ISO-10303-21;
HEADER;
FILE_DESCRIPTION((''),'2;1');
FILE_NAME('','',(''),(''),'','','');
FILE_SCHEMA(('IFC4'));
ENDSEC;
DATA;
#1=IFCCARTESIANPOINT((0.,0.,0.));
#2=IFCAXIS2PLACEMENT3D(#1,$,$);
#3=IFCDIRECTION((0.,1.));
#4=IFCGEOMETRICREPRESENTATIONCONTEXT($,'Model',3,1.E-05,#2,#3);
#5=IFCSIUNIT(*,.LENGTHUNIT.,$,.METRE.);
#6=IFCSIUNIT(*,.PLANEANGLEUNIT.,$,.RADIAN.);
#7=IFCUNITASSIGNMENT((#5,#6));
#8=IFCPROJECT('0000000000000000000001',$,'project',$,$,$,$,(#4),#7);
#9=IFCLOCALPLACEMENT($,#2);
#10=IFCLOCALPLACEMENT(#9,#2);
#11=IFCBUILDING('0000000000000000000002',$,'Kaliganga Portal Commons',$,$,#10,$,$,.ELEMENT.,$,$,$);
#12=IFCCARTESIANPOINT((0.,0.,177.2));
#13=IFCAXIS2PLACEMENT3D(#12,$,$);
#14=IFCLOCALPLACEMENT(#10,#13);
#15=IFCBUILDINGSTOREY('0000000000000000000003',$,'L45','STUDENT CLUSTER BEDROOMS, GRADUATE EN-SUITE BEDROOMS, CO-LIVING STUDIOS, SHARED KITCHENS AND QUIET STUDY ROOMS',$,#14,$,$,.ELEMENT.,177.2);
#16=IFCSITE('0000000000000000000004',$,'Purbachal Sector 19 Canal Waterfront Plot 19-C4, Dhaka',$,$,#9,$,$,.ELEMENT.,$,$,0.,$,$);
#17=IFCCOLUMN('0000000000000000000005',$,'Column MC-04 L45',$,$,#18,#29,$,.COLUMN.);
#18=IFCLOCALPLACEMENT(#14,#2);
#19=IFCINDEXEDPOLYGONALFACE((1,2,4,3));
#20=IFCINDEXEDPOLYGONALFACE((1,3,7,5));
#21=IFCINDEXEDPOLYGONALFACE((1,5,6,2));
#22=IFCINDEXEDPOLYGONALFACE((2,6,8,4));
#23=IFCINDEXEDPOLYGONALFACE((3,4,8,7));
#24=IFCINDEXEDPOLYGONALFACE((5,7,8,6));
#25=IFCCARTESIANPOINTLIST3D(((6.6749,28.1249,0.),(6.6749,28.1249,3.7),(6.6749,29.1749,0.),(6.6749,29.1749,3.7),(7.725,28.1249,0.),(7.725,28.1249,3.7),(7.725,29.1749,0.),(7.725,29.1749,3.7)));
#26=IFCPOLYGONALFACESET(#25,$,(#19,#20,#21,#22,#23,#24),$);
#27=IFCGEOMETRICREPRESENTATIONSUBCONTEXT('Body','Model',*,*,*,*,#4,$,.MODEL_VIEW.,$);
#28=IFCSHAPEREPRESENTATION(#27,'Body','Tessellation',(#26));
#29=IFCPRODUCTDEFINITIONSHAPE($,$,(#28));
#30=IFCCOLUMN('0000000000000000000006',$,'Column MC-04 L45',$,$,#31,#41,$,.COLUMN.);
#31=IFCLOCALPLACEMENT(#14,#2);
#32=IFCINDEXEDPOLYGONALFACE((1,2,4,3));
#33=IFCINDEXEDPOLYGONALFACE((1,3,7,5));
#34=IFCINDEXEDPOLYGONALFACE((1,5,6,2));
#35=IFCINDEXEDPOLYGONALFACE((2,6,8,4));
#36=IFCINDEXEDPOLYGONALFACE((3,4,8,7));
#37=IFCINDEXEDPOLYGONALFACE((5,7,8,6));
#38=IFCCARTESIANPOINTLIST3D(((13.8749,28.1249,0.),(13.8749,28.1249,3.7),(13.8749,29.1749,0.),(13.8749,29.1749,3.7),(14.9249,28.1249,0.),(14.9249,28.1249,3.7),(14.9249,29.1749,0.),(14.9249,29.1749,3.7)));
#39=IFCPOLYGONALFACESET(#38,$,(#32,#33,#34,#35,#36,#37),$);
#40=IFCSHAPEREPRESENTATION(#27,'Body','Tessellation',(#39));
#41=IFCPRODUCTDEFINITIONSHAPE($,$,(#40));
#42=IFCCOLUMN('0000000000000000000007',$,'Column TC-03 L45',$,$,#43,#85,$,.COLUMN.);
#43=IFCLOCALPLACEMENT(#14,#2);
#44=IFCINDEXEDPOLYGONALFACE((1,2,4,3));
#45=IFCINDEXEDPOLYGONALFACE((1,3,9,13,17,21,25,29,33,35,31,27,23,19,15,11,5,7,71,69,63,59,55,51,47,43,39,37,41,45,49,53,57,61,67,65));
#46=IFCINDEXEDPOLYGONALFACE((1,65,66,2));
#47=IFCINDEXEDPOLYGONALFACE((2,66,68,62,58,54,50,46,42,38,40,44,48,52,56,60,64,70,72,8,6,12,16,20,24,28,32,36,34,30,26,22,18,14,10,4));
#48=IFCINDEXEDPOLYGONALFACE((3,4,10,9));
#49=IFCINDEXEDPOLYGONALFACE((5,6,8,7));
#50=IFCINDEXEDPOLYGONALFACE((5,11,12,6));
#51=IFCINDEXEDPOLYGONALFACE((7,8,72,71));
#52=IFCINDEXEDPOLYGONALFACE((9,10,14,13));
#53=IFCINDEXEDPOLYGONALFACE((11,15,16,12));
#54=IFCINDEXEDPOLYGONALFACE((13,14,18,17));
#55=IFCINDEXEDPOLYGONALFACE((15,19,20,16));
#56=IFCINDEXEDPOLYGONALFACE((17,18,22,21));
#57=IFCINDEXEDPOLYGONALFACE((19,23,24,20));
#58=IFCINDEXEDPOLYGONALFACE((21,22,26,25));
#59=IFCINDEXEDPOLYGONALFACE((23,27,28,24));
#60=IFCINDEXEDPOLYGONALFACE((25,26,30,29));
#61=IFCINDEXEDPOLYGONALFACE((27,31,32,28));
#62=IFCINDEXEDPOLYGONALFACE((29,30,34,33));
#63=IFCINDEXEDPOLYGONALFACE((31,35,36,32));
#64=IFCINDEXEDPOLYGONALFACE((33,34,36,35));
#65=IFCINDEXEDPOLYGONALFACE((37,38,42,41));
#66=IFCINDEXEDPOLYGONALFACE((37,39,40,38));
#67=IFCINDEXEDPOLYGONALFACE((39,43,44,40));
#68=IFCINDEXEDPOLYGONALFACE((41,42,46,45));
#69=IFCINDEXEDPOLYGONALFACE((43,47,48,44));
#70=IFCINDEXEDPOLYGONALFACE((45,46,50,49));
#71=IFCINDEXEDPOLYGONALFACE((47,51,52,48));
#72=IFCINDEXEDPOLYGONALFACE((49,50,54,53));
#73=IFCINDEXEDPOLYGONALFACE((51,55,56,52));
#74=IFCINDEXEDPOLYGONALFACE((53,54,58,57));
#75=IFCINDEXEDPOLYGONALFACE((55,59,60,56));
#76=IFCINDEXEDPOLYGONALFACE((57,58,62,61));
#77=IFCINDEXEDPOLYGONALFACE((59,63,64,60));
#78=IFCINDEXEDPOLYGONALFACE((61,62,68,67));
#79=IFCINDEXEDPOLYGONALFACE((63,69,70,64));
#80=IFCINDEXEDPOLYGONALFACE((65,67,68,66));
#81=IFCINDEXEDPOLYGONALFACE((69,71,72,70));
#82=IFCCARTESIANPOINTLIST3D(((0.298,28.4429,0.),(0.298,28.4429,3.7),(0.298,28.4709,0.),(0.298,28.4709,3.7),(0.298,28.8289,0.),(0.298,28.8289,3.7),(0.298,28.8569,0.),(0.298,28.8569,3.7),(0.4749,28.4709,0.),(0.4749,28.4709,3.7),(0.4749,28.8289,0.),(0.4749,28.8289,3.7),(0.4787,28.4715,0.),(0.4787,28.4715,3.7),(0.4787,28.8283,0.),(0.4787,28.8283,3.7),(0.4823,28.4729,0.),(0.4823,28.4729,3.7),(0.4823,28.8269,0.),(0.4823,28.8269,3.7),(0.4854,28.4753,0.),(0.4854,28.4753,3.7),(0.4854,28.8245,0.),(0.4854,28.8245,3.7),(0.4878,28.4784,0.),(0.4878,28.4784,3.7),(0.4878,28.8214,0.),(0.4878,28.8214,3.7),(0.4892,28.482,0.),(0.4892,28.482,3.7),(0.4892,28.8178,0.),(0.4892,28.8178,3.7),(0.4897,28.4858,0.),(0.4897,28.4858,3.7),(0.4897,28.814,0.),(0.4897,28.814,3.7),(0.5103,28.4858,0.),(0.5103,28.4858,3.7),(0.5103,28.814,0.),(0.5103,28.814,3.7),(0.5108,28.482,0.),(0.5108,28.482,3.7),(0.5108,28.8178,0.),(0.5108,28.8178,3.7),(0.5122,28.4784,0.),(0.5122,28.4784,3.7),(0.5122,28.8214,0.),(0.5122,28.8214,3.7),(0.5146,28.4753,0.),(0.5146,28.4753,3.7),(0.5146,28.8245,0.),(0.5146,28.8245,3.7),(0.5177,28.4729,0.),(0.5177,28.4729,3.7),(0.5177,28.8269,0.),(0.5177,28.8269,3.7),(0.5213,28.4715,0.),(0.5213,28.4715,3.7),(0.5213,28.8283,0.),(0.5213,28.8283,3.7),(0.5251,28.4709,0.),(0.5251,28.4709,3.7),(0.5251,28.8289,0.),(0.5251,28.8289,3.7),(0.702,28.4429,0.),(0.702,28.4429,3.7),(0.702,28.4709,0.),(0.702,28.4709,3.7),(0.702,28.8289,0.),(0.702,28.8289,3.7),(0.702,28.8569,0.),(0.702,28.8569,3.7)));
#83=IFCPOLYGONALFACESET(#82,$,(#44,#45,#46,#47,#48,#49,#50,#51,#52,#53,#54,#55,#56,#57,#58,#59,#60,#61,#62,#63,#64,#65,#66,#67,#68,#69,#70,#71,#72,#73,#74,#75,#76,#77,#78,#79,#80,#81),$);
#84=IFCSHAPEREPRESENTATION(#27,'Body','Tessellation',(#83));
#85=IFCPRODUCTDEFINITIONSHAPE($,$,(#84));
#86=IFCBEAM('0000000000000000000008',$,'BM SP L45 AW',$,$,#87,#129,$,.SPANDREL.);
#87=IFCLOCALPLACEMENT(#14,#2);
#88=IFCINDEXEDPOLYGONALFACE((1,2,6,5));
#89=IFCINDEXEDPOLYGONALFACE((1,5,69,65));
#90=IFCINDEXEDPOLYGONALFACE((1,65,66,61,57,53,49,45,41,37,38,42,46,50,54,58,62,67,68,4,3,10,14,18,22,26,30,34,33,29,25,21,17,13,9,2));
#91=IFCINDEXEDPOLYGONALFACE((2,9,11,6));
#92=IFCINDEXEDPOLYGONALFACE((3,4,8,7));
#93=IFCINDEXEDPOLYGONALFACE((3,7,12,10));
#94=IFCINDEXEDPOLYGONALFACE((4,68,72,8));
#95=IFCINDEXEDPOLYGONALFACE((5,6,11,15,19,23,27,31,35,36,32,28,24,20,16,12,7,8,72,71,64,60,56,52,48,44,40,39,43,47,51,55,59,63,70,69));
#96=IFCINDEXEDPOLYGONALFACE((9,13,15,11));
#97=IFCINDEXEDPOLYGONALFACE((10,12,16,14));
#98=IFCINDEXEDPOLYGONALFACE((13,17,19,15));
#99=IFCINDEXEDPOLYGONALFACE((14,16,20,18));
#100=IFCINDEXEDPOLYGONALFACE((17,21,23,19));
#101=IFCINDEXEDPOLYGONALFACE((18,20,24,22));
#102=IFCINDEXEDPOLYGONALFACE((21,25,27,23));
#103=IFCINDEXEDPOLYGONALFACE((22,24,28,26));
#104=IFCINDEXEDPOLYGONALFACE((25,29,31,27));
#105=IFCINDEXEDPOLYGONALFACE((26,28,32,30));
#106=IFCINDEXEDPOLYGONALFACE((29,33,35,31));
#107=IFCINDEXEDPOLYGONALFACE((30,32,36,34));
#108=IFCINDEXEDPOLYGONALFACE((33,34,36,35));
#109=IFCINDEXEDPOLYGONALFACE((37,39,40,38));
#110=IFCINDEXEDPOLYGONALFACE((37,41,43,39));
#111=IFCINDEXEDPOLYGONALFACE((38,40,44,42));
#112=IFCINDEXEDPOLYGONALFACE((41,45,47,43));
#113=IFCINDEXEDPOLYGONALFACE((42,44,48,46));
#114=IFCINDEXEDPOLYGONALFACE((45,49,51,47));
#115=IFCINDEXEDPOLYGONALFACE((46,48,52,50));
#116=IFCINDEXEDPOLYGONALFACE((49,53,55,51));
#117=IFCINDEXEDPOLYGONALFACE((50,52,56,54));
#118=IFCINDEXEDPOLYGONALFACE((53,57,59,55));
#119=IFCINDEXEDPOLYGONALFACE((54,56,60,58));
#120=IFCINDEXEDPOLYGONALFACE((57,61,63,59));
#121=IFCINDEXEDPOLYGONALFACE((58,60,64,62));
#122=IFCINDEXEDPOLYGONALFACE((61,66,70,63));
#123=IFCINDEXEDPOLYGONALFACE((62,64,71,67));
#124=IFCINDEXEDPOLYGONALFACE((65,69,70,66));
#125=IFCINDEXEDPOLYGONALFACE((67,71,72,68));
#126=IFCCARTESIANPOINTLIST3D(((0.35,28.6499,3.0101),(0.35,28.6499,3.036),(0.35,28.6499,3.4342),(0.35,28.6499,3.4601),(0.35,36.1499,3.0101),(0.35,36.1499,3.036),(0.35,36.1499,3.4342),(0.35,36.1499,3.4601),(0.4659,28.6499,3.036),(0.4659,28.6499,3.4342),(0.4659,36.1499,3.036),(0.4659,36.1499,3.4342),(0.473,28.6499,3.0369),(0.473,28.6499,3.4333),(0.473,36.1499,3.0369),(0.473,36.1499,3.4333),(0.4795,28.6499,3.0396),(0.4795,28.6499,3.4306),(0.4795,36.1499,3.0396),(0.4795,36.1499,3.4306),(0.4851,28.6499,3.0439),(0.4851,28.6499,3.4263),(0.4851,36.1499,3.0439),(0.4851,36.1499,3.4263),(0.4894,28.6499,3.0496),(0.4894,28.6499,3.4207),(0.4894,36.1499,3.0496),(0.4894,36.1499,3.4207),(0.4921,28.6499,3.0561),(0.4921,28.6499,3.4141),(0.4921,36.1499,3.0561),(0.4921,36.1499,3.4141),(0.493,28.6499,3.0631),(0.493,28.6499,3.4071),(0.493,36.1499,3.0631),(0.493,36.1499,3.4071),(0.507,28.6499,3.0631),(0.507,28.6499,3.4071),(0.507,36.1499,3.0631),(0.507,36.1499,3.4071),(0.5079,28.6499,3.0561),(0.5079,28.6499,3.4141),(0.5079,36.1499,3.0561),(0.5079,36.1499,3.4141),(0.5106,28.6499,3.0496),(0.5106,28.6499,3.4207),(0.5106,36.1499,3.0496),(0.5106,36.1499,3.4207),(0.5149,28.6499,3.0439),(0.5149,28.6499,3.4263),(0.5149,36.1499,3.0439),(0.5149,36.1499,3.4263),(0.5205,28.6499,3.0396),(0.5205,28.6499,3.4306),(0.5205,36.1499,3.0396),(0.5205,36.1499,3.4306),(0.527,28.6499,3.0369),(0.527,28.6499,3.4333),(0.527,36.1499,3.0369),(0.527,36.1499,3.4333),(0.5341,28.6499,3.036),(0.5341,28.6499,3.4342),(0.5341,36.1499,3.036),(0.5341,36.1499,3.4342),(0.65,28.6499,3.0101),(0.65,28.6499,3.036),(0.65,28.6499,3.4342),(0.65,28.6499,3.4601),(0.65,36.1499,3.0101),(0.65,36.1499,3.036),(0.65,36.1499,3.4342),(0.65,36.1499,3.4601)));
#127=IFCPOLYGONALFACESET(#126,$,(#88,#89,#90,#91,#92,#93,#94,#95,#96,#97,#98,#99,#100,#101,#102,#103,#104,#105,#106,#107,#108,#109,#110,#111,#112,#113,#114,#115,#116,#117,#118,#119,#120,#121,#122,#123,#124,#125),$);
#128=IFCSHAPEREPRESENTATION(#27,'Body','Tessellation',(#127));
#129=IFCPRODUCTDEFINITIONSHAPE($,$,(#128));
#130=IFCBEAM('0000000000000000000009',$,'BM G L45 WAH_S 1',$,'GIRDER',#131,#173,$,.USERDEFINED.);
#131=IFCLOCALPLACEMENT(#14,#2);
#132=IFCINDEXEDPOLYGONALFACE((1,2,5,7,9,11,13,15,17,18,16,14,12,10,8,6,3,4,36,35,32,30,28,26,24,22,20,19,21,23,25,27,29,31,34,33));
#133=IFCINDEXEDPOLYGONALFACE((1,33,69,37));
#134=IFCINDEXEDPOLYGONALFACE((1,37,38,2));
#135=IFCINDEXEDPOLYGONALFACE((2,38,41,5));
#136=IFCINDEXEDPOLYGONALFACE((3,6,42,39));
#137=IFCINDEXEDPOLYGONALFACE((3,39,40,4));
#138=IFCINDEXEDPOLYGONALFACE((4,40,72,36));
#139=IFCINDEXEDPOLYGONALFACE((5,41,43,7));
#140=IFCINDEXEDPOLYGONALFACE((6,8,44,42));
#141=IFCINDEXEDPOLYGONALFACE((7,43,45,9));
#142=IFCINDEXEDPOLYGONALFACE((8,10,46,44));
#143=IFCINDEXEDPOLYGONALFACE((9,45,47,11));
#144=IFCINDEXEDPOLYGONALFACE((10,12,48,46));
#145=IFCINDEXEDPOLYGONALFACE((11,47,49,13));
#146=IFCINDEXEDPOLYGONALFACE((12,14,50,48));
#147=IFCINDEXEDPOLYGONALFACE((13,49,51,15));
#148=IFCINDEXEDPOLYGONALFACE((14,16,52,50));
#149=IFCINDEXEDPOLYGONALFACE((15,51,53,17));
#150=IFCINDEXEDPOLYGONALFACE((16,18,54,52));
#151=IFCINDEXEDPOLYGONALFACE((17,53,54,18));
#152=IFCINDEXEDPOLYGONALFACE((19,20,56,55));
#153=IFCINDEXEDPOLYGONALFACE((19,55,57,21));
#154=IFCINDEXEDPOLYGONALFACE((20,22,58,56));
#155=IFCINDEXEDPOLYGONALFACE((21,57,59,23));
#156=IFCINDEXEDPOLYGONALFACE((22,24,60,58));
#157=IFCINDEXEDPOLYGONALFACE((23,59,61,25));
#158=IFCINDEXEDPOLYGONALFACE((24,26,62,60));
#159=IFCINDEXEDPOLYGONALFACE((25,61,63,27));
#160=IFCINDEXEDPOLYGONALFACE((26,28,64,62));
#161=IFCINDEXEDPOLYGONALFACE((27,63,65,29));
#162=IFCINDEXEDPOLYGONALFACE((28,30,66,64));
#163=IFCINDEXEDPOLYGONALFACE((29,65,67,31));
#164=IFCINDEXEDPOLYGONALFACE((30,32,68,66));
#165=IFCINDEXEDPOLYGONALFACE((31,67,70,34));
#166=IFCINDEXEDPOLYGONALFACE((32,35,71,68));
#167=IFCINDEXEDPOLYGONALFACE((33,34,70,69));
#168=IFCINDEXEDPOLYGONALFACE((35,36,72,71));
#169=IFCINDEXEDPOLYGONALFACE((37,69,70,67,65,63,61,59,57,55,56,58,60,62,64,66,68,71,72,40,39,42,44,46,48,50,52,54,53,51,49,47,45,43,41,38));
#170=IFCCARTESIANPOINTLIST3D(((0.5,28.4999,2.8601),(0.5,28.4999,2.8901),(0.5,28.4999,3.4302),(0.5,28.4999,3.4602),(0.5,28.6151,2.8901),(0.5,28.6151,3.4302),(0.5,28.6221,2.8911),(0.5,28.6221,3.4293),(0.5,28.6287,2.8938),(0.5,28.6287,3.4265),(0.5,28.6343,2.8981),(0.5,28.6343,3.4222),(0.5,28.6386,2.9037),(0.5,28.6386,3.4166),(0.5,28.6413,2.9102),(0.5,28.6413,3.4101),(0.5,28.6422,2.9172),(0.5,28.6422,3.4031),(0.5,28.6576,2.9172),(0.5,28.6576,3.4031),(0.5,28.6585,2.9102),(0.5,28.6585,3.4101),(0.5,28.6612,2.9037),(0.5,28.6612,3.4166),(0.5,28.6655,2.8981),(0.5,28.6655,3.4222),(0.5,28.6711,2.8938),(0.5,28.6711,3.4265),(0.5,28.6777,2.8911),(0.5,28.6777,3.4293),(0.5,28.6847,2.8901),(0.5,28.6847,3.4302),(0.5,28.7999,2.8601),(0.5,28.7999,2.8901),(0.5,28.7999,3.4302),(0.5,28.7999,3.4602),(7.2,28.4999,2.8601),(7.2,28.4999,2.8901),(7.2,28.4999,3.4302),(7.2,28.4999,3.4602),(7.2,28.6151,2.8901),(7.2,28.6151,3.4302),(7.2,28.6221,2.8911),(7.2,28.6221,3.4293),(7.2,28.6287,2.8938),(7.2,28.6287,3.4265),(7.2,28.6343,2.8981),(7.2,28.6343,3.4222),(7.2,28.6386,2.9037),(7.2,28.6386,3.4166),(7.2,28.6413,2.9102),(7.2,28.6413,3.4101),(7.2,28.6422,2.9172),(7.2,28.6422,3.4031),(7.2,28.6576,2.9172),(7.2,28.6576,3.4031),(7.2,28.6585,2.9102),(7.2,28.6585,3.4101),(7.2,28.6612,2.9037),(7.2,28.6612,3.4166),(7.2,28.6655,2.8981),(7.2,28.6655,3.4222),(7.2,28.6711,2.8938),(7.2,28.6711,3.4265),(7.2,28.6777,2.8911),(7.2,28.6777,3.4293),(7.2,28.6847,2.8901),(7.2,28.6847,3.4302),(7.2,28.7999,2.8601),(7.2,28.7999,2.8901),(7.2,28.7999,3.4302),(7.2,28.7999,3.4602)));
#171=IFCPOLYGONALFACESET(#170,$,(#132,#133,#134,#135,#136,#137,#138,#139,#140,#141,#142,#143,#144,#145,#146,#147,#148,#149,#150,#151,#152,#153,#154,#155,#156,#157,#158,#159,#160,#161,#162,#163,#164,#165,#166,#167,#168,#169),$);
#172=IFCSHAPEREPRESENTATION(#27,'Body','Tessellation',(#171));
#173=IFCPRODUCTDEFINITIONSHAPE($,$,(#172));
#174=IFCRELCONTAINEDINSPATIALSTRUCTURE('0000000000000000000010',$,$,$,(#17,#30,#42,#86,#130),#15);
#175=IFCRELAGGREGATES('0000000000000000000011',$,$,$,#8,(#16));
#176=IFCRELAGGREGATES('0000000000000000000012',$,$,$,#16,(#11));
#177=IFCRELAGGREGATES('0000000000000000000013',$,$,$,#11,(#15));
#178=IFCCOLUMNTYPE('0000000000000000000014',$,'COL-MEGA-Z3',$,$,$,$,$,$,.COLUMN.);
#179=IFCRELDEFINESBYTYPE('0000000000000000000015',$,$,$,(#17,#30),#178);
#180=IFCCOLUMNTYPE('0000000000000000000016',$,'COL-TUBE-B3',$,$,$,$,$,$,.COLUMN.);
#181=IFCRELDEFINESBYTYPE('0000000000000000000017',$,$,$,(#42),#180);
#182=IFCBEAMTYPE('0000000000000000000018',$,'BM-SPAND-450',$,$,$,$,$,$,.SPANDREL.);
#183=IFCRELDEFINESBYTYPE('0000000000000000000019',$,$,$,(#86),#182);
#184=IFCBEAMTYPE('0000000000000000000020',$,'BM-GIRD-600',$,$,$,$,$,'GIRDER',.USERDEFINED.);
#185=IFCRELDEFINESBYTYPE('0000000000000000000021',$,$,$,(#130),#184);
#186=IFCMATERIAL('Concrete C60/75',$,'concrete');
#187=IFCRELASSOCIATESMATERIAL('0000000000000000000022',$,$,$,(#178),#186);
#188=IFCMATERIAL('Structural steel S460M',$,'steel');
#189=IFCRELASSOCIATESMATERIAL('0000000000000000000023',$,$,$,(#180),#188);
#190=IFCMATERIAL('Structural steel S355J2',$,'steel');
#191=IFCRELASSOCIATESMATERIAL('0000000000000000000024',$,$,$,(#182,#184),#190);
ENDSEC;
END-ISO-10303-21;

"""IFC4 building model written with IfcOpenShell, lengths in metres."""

from ifc_helpers import new_model, si_unit, direction, frame, origin, origin_2d, place, context, subcontext, project, spatial, rectangle, i_section, extrude, source, transform, mapped, material, material_profile, profile_set, type_object, element, save


model = new_model("IFC4")

# Units and contexts
model_context = context("Model", 3, precision=1e-05, world=origin(), true_north=direction((0.0, 1.0)))
body_context = subcontext(model_context, "Body", "Model", "MODEL_VIEW")
ifc_project = project(units=[si_unit("LENGTHUNIT", "METRE"), si_unit("PLANEANGLEUNIT", "RADIAN")], contexts=[model_context])

# Site, building, storey
site_placement = place(None, origin())
site = spatial("IfcSite", under=ifc_project, at=site_placement, Name="Purbachal Sector 19 Canal Waterfront Plot 19-C4, Dhaka", CompositionType="ELEMENT", RefElevation=0.0)
building_placement = place(site_placement, origin())
building = spatial("IfcBuilding", under=site, at=building_placement, Name="Kaliganga Portal Commons", CompositionType="ELEMENT")
storey_placement = place(building_placement, frame((0.0, 0.0, 177.2)))
storey = spatial("IfcBuildingStorey", under=building, at=storey_placement, Name="L45", Description="STUDENT CLUSTER BEDROOMS, GRADUATE EN-SUITE BEDROOMS, CO-LIVING STUDIOS, SHARED KITCHENS AND QUIET STUDY ROOMS", CompositionType="ELEMENT", Elevation=177.2)

# Columns
ifc_material_1 = material(Name="Concrete C60/75", Category="concrete")
ifc_material_profile_1 = material_profile(ifc_material_1, rectangle(XDim=1.05, YDim=1.05, at=origin_2d()), Name="RC 1050x1050")
ifc_profile_set_1 = profile_set([ifc_material_profile_1], Name="Concrete C60/75")
column_type_1 = type_object("IfcColumnType", Name="COL-MEGA-Z3", PredefinedType="COLUMN", material=ifc_profile_set_1)
shared_shape_1 = source(origin(), body_context, "Body", "SweptSolid", [
    extrude(rectangle(XDim=1.05, YDim=1.05, at=origin_2d()), origin(), (0.0, 0.0, 1.0), 3.7),
])
for number, where, z_axis, x_axis, name in (
    (1, (7.2, 28.6499, 0.0), (0.0, 0.0, 1.0), (1.0, 0.0, 0.0), "Column MC-04 L45"),
    (2, (14.3999, 28.6499, 0.0), (0.0, 0.0, 1.0), (1.0, 0.0, 0.0), "Column MC-04 L45"),
):
    element("IfcColumn", number, at=place(storey_placement, frame(where, z_axis=z_axis, x_axis=x_axis)), inside=storey, type_object=column_type_1, Name=name, PredefinedType="COLUMN", context=body_context, shape_type="MappedRepresentation", body=[
        mapped(shared_shape_1, transform((0.0, 0.0, 0.0), x_axis=(1.0, 0.0, 0.0), y_axis=(0.0, 1.0, 0.0), z_axis=(0.0, 0.0, 1.0), scale=1.0)),
    ])
ifc_material_2 = material(Name="Structural steel S460M", Category="steel")
ifc_material_profile_2 = material_profile(ifc_material_2, i_section(OverallWidth=0.4041, OverallDepth=0.4141, WebThickness=0.0205, FlangeThickness=0.0281, FilletRadius=0.0149, at=origin_2d()), Name="HD 400x347")
ifc_profile_set_2 = profile_set([ifc_material_profile_2], Name="Structural steel S460M wide-flange")
column_type_2 = type_object("IfcColumnType", Name="COL-TUBE-B3", PredefinedType="COLUMN", material=ifc_profile_set_2)
shared_shape_2 = source(origin(), body_context, "Body", "SweptSolid", [
    extrude(i_section(OverallWidth=0.4041, OverallDepth=0.4141, WebThickness=0.0205, FlangeThickness=0.0281, FilletRadius=0.0149, at=origin_2d()), origin(), (0.0, 0.0, 1.0), 3.7),
])
column_placement = place(storey_placement, frame((0.5, 28.6499, 0.0), z_axis=(0.0, 0.0, 1.0), x_axis=(1.0, 0.0, 0.0)))
element("IfcColumn", 3, at=column_placement, inside=storey, type_object=column_type_2, Name="Column TC-03 L45", PredefinedType="COLUMN", context=body_context, shape_type="MappedRepresentation", body=[
    mapped(shared_shape_2, transform((0.0, 0.0, 0.0), x_axis=(1.0, 0.0, 0.0), y_axis=(0.0, 1.0, 0.0), z_axis=(0.0, 0.0, 1.0), scale=1.0)),
])

# Beams
ifc_material_3 = material(Name="Structural steel S355J2", Category="steel")
ifc_material_profile_3 = material_profile(ifc_material_3, i_section(OverallWidth=0.3, OverallDepth=0.45, WebThickness=0.0139, FlangeThickness=0.0259, FilletRadius=0.0271, at=origin_2d()), Name="HE 450 B")
ifc_profile_set_3 = profile_set([ifc_material_profile_3], Name="Structural steel S355J2 wide-flange")
beam_type_1 = type_object("IfcBeamType", Name="BM-SPAND-450", PredefinedType="SPANDREL", material=ifc_profile_set_3)
shared_shape_3 = source(origin(), body_context, "Body", "SweptSolid", [
    extrude(i_section(OverallWidth=0.3, OverallDepth=0.45, WebThickness=0.0139, FlangeThickness=0.0259, FilletRadius=0.0271, at=origin_2d()), origin(), (0.0, 0.0, 1.0), 7.5),
])
beam_1_placement = place(storey_placement, frame((0.5, 28.6499, 3.2351), z_axis=(0.0, 1.0, 0.0), x_axis=(-1.0, 0.0, 0.0)))
element("IfcBeam", 4, at=beam_1_placement, inside=storey, type_object=beam_type_1, Name="BM SP L45 AW", PredefinedType="SPANDREL", context=body_context, shape_type="MappedRepresentation", body=[
    mapped(shared_shape_3, transform((0.0, 0.0, 0.0), x_axis=(1.0, 0.0, 0.0), y_axis=(0.0, 1.0, 0.0), z_axis=(0.0, 0.0, 1.0), scale=1.0)),
])
ifc_material_profile_4 = material_profile(ifc_material_3, i_section(OverallWidth=0.3, OverallDepth=0.6001, WebThickness=0.0154, FlangeThickness=0.03, FilletRadius=0.0271, at=origin_2d()), Name="HE 600 B")
ifc_profile_set_4 = profile_set([ifc_material_profile_4], Name="Structural steel S355J2 wide-flange")
beam_type_2 = type_object("IfcBeamType", Name="BM-GIRD-600", ElementType="GIRDER", PredefinedType="USERDEFINED", material=ifc_profile_set_4)
shared_shape_4 = source(origin(), body_context, "Body", "SweptSolid", [
    extrude(i_section(OverallWidth=0.3, OverallDepth=0.6001, WebThickness=0.0154, FlangeThickness=0.03, FilletRadius=0.0271, at=origin_2d()), origin(), (0.0, 0.0, 1.0), 6.7),
])
beam_2_placement = place(storey_placement, frame((0.5, 28.6499, 3.1602), z_axis=(1.0, 0.0, 0.0), x_axis=(0.0, 1.0, 0.0)))
element("IfcBeam", 5, at=beam_2_placement, inside=storey, type_object=beam_type_2, Name="BM G L45 WAH_S 1", ObjectType="GIRDER", PredefinedType="USERDEFINED", context=body_context, shape_type="MappedRepresentation", body=[
    mapped(shared_shape_4, transform((0.0, 0.0, 0.0), x_axis=(1.0, 0.0, 0.0), y_axis=(0.0, 1.0, 0.0), z_axis=(0.0, 0.0, 1.0), scale=1.0)),
])

save(model, "model.ifc")
